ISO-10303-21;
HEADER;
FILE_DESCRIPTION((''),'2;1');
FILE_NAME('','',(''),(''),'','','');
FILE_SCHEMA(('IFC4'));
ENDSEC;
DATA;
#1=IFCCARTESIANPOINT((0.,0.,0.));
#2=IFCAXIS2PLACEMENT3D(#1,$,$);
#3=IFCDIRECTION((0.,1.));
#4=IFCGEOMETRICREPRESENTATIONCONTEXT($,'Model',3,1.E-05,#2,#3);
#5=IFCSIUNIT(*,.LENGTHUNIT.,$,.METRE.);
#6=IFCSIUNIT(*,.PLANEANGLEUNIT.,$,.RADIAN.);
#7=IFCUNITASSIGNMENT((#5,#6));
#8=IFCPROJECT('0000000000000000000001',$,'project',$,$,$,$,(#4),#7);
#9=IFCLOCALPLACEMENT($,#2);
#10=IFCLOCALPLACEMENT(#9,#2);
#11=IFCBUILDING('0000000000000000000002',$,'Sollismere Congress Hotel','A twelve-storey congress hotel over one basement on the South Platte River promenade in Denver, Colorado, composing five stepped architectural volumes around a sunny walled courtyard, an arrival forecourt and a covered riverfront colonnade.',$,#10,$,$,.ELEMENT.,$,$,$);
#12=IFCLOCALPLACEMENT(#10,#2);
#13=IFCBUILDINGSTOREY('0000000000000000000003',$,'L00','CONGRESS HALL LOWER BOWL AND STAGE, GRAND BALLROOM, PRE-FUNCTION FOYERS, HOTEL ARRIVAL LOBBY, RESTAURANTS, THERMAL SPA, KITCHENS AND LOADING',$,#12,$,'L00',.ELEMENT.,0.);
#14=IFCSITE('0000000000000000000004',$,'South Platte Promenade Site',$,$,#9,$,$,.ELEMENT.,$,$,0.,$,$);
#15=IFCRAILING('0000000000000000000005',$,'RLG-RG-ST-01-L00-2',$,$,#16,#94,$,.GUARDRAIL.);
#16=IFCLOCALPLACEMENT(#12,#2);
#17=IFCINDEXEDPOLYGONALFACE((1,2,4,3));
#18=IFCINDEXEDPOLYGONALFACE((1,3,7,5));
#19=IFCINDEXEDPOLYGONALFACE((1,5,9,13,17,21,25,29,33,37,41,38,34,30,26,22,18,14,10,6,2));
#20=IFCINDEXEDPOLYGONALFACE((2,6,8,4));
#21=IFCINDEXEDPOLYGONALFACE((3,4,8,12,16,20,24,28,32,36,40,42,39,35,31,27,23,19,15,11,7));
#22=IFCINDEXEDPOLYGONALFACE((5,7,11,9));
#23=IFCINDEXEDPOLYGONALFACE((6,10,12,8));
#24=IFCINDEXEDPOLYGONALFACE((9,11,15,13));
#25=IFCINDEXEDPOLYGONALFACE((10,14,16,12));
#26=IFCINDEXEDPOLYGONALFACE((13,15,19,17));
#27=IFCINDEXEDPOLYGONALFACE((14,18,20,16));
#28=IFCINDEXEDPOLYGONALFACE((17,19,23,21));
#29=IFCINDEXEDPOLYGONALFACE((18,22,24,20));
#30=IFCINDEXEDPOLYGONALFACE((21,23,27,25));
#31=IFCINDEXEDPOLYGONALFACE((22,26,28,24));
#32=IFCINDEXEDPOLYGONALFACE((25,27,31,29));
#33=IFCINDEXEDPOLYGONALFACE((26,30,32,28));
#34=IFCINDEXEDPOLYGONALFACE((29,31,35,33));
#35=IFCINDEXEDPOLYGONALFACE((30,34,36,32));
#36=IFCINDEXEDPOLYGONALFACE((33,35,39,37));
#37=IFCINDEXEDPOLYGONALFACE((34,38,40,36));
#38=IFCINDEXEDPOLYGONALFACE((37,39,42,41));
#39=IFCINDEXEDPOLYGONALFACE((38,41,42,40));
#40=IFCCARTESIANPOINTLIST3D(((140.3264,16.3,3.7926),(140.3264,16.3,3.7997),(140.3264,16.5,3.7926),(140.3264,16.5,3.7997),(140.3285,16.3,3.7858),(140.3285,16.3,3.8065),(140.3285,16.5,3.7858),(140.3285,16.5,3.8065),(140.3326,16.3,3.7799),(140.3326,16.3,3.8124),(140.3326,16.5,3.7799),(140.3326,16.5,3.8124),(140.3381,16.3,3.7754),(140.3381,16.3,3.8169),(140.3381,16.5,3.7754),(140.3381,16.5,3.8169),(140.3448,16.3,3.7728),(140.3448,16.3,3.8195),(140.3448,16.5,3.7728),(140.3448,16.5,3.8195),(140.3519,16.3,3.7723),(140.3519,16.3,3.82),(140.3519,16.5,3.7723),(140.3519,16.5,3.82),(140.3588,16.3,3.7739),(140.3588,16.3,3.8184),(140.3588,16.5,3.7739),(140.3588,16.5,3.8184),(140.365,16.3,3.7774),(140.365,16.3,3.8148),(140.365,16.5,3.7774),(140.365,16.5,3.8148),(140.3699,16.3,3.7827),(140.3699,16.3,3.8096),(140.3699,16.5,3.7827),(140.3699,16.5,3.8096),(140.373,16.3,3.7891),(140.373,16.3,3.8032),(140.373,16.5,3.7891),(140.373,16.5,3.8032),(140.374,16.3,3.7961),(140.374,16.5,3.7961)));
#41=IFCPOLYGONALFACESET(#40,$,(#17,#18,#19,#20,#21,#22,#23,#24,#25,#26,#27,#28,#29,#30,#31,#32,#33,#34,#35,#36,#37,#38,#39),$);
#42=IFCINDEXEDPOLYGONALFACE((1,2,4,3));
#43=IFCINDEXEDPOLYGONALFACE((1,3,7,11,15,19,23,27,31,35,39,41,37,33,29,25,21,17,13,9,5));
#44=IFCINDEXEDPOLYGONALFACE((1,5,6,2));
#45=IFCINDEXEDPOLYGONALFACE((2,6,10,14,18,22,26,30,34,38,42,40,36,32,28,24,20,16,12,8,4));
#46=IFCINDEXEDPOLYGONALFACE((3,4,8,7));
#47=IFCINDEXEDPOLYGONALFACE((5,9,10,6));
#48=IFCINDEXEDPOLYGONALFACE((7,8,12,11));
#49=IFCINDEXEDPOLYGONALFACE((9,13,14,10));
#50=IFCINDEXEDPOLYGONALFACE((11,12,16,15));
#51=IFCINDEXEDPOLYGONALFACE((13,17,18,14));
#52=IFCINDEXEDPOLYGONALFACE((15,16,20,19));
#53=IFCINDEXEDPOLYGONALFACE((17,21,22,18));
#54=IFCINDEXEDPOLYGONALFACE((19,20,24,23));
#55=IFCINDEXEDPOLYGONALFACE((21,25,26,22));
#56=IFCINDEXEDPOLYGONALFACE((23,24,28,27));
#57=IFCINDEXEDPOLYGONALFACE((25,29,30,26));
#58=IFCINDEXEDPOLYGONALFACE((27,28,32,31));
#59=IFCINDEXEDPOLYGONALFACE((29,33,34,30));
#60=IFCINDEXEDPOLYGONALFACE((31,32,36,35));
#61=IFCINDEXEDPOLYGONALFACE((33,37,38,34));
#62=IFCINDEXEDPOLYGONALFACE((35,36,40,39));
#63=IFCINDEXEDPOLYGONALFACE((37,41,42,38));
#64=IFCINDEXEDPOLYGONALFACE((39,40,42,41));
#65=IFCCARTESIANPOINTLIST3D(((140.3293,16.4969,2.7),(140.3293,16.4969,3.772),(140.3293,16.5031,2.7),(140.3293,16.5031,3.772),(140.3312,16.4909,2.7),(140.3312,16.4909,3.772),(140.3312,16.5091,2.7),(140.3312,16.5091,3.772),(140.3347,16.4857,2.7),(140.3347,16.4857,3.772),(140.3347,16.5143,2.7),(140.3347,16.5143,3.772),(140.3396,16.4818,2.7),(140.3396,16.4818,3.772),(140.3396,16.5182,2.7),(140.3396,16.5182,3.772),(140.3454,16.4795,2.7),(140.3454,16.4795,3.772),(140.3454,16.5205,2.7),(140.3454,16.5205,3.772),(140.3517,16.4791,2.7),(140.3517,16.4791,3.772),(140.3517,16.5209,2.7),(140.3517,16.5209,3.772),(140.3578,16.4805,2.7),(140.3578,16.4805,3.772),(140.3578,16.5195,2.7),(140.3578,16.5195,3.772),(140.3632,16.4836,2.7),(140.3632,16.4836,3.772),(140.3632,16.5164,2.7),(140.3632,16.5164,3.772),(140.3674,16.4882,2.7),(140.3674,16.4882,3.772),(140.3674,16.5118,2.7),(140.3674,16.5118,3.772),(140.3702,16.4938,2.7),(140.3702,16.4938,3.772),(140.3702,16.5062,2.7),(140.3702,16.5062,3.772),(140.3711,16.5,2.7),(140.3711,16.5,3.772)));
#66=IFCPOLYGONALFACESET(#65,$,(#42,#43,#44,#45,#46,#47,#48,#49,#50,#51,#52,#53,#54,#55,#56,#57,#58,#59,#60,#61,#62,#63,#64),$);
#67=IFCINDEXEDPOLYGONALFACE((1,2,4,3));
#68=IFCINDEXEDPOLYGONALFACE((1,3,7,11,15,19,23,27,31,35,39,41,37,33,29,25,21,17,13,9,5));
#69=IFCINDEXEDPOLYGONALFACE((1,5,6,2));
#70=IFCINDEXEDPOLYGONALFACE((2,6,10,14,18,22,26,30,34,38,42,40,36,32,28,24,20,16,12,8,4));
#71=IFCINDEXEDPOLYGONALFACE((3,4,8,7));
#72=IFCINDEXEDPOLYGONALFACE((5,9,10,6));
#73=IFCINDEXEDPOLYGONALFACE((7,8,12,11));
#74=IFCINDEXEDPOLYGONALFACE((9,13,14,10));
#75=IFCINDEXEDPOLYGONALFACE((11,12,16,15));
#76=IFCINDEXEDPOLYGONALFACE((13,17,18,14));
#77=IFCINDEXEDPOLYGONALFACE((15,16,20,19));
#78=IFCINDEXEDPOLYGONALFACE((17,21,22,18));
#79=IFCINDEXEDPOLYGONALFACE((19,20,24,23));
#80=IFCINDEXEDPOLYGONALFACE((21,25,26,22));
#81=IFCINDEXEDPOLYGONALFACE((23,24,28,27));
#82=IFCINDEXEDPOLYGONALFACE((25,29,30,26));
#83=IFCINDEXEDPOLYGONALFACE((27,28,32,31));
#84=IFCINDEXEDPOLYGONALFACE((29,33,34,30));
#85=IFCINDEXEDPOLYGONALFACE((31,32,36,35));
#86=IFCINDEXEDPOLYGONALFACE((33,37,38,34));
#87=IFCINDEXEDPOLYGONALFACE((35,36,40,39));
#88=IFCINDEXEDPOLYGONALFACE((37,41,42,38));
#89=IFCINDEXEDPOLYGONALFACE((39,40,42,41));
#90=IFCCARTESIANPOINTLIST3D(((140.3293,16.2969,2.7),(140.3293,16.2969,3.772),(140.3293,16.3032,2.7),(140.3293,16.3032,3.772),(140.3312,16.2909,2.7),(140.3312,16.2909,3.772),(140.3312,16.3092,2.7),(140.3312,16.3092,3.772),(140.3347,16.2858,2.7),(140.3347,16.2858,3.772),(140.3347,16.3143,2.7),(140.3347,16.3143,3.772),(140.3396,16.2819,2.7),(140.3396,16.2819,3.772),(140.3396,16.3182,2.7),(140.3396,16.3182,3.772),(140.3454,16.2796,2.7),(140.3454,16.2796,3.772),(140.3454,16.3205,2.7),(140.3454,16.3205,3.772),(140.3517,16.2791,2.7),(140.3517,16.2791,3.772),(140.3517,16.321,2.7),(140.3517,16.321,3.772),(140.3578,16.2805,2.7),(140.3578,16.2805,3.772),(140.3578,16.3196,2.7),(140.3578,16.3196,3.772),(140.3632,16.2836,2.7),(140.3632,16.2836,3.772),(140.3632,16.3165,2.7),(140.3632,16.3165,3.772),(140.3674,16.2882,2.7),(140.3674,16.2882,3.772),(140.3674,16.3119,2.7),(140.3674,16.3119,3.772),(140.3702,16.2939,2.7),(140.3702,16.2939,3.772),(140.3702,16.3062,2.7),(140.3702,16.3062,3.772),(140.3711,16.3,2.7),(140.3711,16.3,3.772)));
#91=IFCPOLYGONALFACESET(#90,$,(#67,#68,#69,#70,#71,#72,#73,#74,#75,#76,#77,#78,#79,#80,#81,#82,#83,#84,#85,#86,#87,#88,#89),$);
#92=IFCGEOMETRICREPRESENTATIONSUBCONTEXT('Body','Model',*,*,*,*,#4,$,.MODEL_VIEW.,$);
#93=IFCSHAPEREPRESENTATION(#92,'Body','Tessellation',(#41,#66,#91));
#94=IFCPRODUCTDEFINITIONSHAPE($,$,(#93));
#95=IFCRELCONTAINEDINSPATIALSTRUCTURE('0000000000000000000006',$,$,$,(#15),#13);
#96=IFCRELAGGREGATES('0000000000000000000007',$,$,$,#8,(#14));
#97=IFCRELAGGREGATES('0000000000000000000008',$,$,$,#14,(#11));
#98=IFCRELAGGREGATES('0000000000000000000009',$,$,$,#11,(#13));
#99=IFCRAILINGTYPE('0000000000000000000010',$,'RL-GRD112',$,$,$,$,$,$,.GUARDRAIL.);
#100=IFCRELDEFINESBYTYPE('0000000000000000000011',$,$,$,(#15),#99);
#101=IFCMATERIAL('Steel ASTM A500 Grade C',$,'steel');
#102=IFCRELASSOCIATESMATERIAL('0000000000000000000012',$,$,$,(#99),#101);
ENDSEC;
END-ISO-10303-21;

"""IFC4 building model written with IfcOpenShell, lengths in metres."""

from ifc_helpers import new_model, si_unit, direction, frame, origin, origin_2d, place, context, subcontext, project, spatial, circle, extrude, material, type_object, element, save


model = new_model("IFC4")

# Units and contexts
model_context = context("Model", 3, precision=1e-05, world=origin(), true_north=direction((0.0, 1.0)))
body_context = subcontext(model_context, "Body", "Model", "MODEL_VIEW")
ifc_project = project(units=[si_unit("LENGTHUNIT", "METRE"), si_unit("PLANEANGLEUNIT", "RADIAN")], contexts=[model_context])

# Site, building, storey
site_placement = place(None, origin())
site = spatial("IfcSite", under=ifc_project, at=site_placement, Name="South Platte Promenade Site", CompositionType="ELEMENT", RefElevation=0.0)
building_placement = place(site_placement, origin())
building = spatial("IfcBuilding", under=site, at=building_placement, Name="Sollismere Congress Hotel", Description="A twelve-storey congress hotel over one basement on the South Platte River promenade in Denver, Colorado, composing five stepped architectural volumes around a sunny walled courtyard, an arrival forecourt and a covered riverfront colonnade.", CompositionType="ELEMENT")
storey_placement = place(building_placement, origin())
storey = spatial("IfcBuildingStorey", under=building, at=storey_placement, Name="L00", Description="CONGRESS HALL LOWER BOWL AND STAGE, GRAND BALLROOM, PRE-FUNCTION FOYERS, HOTEL ARRIVAL LOBBY, RESTAURANTS, THERMAL SPA, KITCHENS AND LOADING", LongName="L00", CompositionType="ELEMENT", Elevation=0.0)

# Railing
ifc_material_1 = material(Name="Steel ASTM A500 Grade C", Category="steel")
railing_type_1 = type_object("IfcRailingType", Name="RL-GRD112", PredefinedType="GUARDRAIL", material=ifc_material_1)
railing_1_placement = place(storey_placement, frame((140.3501, 16.5, 2.7)))
element("IfcRailing", 1, at=railing_1_placement, inside=storey, type_object=railing_type_1, Name="RLG-RG-ST-01-L00-2", PredefinedType="GUARDRAIL", context=body_context, shape_type="SweptSolid", body=[
    extrude(circle(Radius=0.0239, at=origin_2d()), frame((0.0, 0.0, 1.0962), z_axis=(0.0, -1.0, 0.0), x_axis=(1.0, 0.0, 0.0)), (0.0, 0.0, 1.0), 0.2),
    extrude(circle(Radius=0.021, at=origin_2d()), origin(), (0.0, 0.0, 1.0), 1.072),
    extrude(circle(Radius=0.021, at=origin_2d()), frame((0.0, -0.2, 0.0)), (0.0, 0.0, 1.0), 1.072),
])

save(model, "model.ifc")
